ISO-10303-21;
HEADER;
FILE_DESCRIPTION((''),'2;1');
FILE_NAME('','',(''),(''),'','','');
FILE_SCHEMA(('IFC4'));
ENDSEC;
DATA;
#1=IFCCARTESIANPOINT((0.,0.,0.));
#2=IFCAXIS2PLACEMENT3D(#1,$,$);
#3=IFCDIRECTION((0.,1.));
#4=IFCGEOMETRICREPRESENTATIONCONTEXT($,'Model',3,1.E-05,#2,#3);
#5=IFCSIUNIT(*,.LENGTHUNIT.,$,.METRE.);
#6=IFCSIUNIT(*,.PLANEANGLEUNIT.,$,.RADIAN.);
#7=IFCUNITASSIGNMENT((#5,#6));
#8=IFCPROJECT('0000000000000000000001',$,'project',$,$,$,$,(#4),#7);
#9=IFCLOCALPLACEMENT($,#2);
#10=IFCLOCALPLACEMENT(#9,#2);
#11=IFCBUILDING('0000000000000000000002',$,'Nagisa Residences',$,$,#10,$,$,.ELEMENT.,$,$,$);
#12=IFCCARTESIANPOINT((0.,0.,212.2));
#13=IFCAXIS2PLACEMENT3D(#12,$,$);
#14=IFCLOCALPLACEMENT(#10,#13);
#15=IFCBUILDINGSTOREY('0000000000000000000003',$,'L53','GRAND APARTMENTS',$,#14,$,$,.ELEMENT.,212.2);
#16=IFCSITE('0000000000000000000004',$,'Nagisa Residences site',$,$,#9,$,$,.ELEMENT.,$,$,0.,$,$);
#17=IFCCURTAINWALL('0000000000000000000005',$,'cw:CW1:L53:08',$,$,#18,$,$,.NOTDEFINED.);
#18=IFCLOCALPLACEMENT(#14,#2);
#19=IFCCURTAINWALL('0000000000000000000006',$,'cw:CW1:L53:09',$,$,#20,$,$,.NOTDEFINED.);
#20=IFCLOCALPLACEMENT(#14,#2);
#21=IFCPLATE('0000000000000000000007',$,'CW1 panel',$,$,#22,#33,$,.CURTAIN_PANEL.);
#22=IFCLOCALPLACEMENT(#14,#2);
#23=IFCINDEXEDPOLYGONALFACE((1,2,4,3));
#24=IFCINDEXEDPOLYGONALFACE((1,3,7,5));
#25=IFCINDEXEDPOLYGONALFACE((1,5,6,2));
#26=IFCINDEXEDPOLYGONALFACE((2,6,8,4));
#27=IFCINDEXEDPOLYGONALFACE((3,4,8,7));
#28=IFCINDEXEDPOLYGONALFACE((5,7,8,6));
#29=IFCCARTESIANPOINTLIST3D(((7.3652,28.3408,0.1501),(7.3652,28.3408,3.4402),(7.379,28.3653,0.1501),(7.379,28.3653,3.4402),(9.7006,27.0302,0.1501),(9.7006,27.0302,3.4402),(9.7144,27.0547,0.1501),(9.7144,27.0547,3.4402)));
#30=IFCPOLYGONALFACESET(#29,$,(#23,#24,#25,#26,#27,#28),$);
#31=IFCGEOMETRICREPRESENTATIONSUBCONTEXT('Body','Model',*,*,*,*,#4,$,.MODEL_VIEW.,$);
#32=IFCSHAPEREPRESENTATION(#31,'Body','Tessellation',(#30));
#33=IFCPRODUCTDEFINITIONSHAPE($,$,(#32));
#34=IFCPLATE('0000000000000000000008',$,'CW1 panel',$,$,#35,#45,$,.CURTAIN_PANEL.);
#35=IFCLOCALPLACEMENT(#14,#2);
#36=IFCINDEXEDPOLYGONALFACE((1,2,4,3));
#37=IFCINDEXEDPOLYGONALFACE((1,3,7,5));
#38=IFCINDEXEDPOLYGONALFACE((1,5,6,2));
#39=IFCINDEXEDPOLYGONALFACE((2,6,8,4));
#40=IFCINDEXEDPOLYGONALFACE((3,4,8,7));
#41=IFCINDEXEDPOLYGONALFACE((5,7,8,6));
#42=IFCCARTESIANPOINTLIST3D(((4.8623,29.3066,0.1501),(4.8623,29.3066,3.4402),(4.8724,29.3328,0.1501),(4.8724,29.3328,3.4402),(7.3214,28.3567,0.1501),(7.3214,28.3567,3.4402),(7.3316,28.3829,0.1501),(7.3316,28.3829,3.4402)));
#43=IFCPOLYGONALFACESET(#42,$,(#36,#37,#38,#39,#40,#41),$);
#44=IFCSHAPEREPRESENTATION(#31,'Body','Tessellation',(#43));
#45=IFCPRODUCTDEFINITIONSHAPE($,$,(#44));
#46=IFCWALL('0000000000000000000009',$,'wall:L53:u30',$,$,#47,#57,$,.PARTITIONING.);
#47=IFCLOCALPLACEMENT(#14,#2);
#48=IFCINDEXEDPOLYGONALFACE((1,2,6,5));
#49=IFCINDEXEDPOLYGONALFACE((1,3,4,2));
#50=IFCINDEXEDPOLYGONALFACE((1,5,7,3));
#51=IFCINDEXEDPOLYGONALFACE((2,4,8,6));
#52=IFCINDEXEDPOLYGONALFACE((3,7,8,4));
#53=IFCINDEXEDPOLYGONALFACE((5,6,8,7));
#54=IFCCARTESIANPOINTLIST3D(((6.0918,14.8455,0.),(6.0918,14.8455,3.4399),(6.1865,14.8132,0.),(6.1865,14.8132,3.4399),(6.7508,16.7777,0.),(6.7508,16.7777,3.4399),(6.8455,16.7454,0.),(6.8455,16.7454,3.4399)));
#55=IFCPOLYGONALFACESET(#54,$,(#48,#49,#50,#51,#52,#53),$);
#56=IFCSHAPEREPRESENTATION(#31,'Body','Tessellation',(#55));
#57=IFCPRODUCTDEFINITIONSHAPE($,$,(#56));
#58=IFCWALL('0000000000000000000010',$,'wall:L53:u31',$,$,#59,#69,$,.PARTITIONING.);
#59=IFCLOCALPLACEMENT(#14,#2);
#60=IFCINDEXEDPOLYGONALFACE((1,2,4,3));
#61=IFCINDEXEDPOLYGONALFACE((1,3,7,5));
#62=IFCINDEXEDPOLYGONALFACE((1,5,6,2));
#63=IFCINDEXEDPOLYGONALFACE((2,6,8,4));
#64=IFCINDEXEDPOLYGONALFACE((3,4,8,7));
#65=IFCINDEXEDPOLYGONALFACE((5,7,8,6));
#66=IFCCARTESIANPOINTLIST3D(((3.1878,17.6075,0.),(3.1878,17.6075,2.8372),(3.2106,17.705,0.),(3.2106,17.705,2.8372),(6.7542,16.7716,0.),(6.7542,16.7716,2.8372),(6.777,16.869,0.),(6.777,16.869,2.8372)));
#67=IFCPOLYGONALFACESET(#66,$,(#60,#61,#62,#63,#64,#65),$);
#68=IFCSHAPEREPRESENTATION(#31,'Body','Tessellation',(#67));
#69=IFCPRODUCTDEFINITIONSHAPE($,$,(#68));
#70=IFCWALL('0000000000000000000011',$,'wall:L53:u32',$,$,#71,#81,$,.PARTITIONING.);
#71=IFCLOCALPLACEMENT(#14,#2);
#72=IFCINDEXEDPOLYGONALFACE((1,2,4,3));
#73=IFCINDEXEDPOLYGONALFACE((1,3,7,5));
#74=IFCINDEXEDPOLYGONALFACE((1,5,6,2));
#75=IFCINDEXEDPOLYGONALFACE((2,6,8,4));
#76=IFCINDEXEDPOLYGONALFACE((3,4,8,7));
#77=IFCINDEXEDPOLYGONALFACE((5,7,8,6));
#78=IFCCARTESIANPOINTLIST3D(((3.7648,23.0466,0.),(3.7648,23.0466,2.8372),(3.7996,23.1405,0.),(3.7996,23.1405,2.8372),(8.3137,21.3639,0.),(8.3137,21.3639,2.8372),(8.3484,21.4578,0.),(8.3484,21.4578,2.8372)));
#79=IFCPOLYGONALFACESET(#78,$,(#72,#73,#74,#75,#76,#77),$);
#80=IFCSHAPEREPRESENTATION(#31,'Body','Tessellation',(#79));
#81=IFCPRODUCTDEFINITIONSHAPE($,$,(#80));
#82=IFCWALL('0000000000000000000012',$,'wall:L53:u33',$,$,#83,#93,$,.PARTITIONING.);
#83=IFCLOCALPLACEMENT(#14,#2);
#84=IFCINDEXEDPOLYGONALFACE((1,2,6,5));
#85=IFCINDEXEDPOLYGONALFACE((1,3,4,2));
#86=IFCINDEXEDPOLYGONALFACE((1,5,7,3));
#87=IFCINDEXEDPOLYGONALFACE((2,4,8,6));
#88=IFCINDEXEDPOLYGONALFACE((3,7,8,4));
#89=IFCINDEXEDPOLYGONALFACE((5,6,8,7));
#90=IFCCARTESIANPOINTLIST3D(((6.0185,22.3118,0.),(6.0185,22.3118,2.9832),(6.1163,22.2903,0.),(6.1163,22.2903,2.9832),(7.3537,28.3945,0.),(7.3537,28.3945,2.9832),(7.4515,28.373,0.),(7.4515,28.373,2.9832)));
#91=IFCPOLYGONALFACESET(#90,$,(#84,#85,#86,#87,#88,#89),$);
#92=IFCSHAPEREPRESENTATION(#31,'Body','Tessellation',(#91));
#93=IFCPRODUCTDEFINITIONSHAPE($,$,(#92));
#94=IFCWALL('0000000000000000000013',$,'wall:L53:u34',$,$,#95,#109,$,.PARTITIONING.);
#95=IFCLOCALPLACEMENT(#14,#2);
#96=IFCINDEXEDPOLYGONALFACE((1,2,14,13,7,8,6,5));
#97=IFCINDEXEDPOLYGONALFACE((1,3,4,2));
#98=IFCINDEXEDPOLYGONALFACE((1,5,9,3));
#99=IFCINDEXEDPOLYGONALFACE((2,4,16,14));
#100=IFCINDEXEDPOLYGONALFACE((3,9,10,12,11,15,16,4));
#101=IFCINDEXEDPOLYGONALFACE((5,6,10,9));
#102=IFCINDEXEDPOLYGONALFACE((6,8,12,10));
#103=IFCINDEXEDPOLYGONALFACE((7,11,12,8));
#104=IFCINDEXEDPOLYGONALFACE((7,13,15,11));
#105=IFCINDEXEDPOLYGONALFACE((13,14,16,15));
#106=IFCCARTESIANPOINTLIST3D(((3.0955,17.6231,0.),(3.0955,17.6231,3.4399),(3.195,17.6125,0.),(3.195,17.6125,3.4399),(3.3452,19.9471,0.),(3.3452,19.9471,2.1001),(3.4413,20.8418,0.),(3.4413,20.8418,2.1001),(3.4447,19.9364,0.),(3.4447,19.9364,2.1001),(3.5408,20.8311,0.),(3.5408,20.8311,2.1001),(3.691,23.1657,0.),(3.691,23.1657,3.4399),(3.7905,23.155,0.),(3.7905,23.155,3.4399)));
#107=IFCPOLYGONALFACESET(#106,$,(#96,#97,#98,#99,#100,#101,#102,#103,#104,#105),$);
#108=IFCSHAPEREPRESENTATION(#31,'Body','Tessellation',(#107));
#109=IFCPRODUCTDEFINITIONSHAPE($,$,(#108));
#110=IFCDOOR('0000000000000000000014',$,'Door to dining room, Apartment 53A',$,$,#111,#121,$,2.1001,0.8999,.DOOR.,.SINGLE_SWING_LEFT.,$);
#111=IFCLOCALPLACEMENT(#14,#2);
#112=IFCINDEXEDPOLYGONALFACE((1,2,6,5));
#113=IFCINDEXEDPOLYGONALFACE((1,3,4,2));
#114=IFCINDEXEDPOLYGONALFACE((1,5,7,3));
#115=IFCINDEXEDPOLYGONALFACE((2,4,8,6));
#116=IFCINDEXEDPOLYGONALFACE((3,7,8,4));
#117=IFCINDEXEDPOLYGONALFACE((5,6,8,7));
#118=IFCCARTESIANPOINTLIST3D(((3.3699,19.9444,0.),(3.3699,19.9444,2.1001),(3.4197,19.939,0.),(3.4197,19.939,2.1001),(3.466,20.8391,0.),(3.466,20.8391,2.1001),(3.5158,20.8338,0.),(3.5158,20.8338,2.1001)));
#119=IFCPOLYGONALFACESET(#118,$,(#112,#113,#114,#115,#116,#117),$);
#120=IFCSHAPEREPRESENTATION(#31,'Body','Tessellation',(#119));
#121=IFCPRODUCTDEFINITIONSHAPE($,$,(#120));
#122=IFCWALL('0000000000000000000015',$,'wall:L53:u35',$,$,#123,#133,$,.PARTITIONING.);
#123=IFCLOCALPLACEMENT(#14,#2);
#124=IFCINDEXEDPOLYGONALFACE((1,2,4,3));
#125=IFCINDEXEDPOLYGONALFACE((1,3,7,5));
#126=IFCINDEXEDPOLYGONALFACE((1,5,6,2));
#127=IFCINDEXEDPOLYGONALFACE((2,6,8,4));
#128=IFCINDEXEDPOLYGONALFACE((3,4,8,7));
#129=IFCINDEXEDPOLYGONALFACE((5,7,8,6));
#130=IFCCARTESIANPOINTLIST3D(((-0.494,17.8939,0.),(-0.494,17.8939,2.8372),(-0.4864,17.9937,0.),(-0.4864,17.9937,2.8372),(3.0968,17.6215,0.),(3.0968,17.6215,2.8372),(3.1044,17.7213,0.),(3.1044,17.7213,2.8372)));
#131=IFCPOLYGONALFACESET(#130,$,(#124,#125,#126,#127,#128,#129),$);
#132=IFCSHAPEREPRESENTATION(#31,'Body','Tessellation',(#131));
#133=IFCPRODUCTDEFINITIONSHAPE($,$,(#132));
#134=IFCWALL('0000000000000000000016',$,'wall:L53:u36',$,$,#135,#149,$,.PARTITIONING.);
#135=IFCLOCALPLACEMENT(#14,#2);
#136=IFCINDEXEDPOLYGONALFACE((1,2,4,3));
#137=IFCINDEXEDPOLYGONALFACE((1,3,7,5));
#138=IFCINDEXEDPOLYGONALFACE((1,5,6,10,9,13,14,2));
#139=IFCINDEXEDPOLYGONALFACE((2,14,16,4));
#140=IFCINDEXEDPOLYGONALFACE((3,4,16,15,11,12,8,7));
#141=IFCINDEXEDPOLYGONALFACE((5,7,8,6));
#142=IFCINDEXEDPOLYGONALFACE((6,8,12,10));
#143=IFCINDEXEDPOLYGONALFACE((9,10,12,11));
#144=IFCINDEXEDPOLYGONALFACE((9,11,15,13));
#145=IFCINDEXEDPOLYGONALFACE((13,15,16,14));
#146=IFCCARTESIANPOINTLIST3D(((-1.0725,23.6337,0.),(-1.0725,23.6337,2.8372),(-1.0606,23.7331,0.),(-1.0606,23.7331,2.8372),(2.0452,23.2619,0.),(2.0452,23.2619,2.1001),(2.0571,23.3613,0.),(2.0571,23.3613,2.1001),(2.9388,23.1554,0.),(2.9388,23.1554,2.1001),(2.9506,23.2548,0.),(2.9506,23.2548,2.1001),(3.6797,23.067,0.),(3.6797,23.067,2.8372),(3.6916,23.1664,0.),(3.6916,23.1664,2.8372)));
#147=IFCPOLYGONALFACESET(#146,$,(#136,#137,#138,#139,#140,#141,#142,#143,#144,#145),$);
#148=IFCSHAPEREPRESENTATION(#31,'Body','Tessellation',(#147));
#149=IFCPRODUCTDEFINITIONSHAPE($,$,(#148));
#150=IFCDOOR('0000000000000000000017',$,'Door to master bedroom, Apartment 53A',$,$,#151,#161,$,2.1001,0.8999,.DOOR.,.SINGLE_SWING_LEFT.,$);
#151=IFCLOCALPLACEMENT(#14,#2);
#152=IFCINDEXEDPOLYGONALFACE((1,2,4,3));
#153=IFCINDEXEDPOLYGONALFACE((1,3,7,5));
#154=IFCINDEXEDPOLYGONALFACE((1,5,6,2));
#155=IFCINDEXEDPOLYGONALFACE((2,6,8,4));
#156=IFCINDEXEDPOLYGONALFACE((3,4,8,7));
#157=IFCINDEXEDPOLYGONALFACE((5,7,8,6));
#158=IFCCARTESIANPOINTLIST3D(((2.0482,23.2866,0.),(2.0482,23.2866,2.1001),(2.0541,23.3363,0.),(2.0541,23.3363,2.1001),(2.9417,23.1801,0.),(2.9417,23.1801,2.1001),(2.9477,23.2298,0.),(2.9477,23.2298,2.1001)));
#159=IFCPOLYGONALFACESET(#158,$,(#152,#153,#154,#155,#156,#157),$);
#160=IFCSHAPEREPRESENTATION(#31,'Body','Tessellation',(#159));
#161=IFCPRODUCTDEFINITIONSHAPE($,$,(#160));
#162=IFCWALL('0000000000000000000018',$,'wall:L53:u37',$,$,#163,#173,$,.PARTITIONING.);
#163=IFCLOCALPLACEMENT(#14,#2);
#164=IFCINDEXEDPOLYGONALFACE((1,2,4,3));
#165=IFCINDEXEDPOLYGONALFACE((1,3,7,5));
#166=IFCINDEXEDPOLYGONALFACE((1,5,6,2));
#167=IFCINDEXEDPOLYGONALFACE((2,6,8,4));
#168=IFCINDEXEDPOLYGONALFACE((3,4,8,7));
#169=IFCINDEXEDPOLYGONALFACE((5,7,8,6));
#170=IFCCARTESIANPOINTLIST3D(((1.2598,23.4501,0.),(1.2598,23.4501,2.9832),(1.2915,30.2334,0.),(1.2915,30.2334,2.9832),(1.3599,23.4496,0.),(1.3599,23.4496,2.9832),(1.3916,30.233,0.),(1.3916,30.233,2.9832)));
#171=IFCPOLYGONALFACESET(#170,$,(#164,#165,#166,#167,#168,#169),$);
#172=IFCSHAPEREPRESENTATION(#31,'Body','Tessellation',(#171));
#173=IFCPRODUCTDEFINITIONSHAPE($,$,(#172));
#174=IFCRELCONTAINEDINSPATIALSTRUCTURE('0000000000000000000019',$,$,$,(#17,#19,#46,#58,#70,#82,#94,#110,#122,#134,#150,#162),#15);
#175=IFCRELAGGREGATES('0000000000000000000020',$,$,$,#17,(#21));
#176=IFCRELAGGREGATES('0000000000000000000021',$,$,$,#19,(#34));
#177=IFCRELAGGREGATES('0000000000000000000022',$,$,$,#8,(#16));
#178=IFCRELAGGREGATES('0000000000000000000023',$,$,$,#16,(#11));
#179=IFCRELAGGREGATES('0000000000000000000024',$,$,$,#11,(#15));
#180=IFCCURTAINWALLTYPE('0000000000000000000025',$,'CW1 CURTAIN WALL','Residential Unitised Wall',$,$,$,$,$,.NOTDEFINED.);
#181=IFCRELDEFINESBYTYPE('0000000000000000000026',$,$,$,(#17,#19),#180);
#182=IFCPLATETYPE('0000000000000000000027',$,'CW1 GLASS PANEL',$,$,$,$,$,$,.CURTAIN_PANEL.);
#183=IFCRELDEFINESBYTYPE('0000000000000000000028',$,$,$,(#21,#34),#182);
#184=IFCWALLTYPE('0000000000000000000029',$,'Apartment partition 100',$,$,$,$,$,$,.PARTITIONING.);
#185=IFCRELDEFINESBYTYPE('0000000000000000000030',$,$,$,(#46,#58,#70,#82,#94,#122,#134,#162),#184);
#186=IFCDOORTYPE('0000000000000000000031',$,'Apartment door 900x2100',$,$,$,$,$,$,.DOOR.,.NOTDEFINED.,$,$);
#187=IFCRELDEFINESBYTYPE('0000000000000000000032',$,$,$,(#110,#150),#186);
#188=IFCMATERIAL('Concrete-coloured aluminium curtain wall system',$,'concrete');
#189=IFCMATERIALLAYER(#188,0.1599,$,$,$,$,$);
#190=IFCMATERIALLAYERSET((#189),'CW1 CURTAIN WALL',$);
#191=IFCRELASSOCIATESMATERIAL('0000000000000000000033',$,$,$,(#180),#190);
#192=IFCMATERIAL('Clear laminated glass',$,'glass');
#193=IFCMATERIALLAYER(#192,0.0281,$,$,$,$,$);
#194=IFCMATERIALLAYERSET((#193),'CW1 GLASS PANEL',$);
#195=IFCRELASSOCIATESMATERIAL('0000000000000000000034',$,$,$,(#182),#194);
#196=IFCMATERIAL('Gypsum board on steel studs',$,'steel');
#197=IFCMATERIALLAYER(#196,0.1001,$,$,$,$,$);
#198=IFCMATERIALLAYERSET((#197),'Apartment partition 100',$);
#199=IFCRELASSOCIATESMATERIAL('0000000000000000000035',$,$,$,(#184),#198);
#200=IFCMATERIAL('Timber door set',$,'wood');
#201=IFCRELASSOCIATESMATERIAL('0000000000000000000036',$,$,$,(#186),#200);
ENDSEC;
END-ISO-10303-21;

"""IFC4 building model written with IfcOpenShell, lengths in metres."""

from ifc_helpers import new_model, si_unit, direction, frame, frame_2d, origin, origin_2d, place, context, subcontext, project, spatial, rectangle, extrude, material, layer, layer_set, type_object, element, fill, aggregate, save


model = new_model("IFC4")

# Units and contexts
model_context = context("Model", 3, precision=1e-05, world=origin(), true_north=direction((0.0, 1.0)))
body_context = subcontext(model_context, "Body", "Model", "MODEL_VIEW")
ifc_project = project(units=[si_unit("LENGTHUNIT", "METRE"), si_unit("PLANEANGLEUNIT", "RADIAN")], contexts=[model_context])

# Site, building, storey
site_placement = place(None, origin())
site = spatial("IfcSite", under=ifc_project, at=site_placement, Name="Nagisa Residences site", CompositionType="ELEMENT", RefElevation=0.0)
building_placement = place(site_placement, origin())
building = spatial("IfcBuilding", under=site, at=building_placement, Name="Nagisa Residences", CompositionType="ELEMENT")
storey_placement = place(building_placement, frame((0.0, 0.0, 212.2)))
storey = spatial("IfcBuildingStorey", under=building, at=storey_placement, Name="L53", Description="GRAND APARTMENTS", CompositionType="ELEMENT", Elevation=212.2)

# Curtain walls
ifc_material_1 = material(Name="Concrete-coloured aluminium curtain wall system", Category="concrete")
ifc_layer_1 = layer(ifc_material_1, 0.1599)
ifc_layer_set_1 = layer_set([ifc_layer_1], Name="CW1 CURTAIN WALL")
curtain_wall_type = type_object("IfcCurtainWallType", Name="CW1 CURTAIN WALL", Description="Residential Unitised Wall", PredefinedType="NOTDEFINED", material=ifc_layer_set_1)
curtain_wall_1_placement = place(storey_placement, origin())
curtain_wall_1 = element("IfcCurtainWall", 1, at=curtain_wall_1_placement, inside=storey, type_object=curtain_wall_type, Name="cw:CW1:L53:08", PredefinedType="NOTDEFINED")
curtain_wall_2_placement = place(storey_placement, origin())
curtain_wall_2 = element("IfcCurtainWall", 2, at=curtain_wall_2_placement, inside=storey, type_object=curtain_wall_type, Name="cw:CW1:L53:09", PredefinedType="NOTDEFINED")

# Plates
ifc_material_2 = material(Name="Clear laminated glass", Category="glass")
ifc_layer_2 = layer(ifc_material_2, 0.0281)
ifc_layer_set_2 = layer_set([ifc_layer_2], Name="CW1 GLASS PANEL")
plate_type = type_object("IfcPlateType", Name="CW1 GLASS PANEL", PredefinedType="CURTAIN_PANEL", material=ifc_layer_set_2)
plate_1_placement = place(storey_placement, frame((8.5398, 27.6978, 0.1501), z_axis=(0.0, 0.0, 1.0), x_axis=(-0.872072, 0.489377, 0.0)))
plate_1 = element("IfcPlate", 3, at=plate_1_placement, type_object=plate_type, Name="CW1 panel", PredefinedType="CURTAIN_PANEL", context=body_context, shape_type="SweptSolid", body=[
    extrude(rectangle(XDim=2.678, YDim=0.0281, at=origin_2d()), origin(), (0.0, 0.0, 1.0), 3.29),
])
aggregate(curtain_wall_1, [plate_1])
plate_2_placement = place(storey_placement, frame((6.0969, 28.8447, 0.1501), z_axis=(0.0, 0.0, 1.0), x_axis=(-0.932826, 0.360328, 0.0)))
plate_2 = element("IfcPlate", 4, at=plate_2_placement, type_object=plate_type, Name="CW1 panel", PredefinedType="CURTAIN_PANEL", context=body_context, shape_type="SweptSolid", body=[
    extrude(rectangle(XDim=2.6362, YDim=0.0281, at=origin_2d()), origin(), (0.0, 0.0, 1.0), 3.29),
])
aggregate(curtain_wall_2, [plate_2])

# Walls
ifc_material_3 = material(Name="Gypsum board on steel studs", Category="steel")
ifc_layer_3 = layer(ifc_material_3, 0.1001)
ifc_layer_set_3 = layer_set([ifc_layer_3], Name="Apartment partition 100")
wall_type_1 = type_object("IfcWallType", Name="Apartment partition 100", PredefinedType="PARTITIONING", material=ifc_layer_set_3)
wall_1_placement = place(storey_placement, frame((6.1392, 14.8293, 0.0), z_axis=(0.0, 0.0, 1.0), x_axis=(0.322786, 0.946472, 0.0)))
element("IfcWall", 5, at=wall_1_placement, inside=storey, type_object=wall_type_1, Name="wall:L53:u30", PredefinedType="PARTITIONING", context=body_context, shape_type="SweptSolid", body=[
    extrude(rectangle(XDim=2.0415, YDim=0.1001, at=frame_2d((1.0208, 0.0))), origin(), (0.0, 0.0, 1.0), 3.4399),
])
wall_2_placement = place(storey_placement, frame((6.7656, 16.8203, 0.0), z_axis=(0.0, 0.0, 1.0), x_axis=(-0.973613, 0.228207, 0.0)))
element("IfcWall", 6, at=wall_2_placement, inside=storey, type_object=wall_type_1, Name="wall:L53:u31", PredefinedType="PARTITIONING", context=body_context, shape_type="SweptSolid", body=[
    extrude(rectangle(XDim=3.6631, YDim=0.1001, at=frame_2d((1.8315, 0.0))), origin(), (0.0, 0.0, 1.0), 2.8372),
])
wall_3_placement = place(storey_placement, frame((8.3311, 21.4109, 0.0), z_axis=(0.0, 0.0, 1.0), x_axis=(-0.937892, 0.346927, 0.0)))
element("IfcWall", 7, at=wall_3_placement, inside=storey, type_object=wall_type_1, Name="wall:L53:u32", PredefinedType="PARTITIONING", context=body_context, shape_type="SweptSolid", body=[
    extrude(rectangle(XDim=4.8501, YDim=0.1001, at=frame_2d((2.425, 0.0))), origin(), (0.0, 0.0, 1.0), 2.8372),
])
wall_4_placement = place(storey_placement, frame((6.0674, 22.301, 0.0), z_axis=(0.0, 0.0, 1.0), x_axis=(0.214402, 0.976746, 0.0)))
element("IfcWall", 8, at=wall_4_placement, inside=storey, type_object=wall_type_1, Name="wall:L53:u33", PredefinedType="PARTITIONING", context=body_context, shape_type="SweptSolid", body=[
    extrude(rectangle(XDim=6.2275, YDim=0.1001, at=frame_2d((3.1138, 0.0))), origin(), (0.0, 0.0, 1.0), 2.9832),
])

# Wall, opening, door
wall_5_placement = place(storey_placement, frame((3.1453, 17.6179, 0.0), z_axis=(0.0, 0.0, 1.0), x_axis=(0.106821, 0.994278, 0.0)))
wall_5 = element("IfcWall", 9, at=wall_5_placement, inside=storey, type_object=wall_type_1, Name="wall:L53:u34", PredefinedType="PARTITIONING", context=body_context, shape_type="SweptSolid", body=[
    extrude(rectangle(XDim=5.5745, YDim=0.1001, at=frame_2d((2.7871, 0.0))), origin(), (0.0, 0.0, 1.0), 3.4399),
])
opening_1_placement = place(wall_5_placement, frame((2.3372, 0.0, 0.0)))
opening_1 = element("IfcOpeningElement", 10, at=opening_1_placement, cuts=wall_5, PredefinedType="OPENING", context=body_context, shape_type="SweptSolid", body=[
    extrude(rectangle(XDim=0.8999, YDim=2.1001, at=frame_2d((0.45, 1.05))), frame((0.0, 0.0601, 0.0), z_axis=(0.0, -1.0, 0.0), x_axis=(1.0, 0.0, 0.0)), (0.0, 0.0, 1.0), 0.1201),
])
ifc_material_4 = material(Name="Timber door set", Category="wood")
door_type_1 = type_object("IfcDoorType", Name="Apartment door 900x2100", OperationType="NOTDEFINED", PredefinedType="DOOR", material=ifc_material_4)
door_1_placement = place(opening_1_placement, frame((0.8999, 0.0, 0.0), x_axis=(-1.0, 0.0, 0.0)))
door_1 = element("IfcDoor", 11, at=door_1_placement, inside=storey, type_object=door_type_1, Name="Door to dining room, Apartment 53A", OperationType="SINGLE_SWING_LEFT", OverallHeight=2.1001, OverallWidth=0.8999, PredefinedType="DOOR", context=body_context, shape_type="SweptSolid", body=[
    extrude(rectangle(XDim=0.8999, YDim=2.1001, at=frame_2d((0.45, 1.05))), frame((0.0, 0.0249, 0.0), z_axis=(0.0, -1.0, 0.0), x_axis=(1.0, 0.0, 0.0)), (0.0, 0.0, 1.0), 0.05),
])
fill(opening_1, door_1)

# Wall
wall_6_placement = place(storey_placement, frame((3.1006, 17.6714, 0.0), z_axis=(0.0, 0.0, 1.0), x_axis=(-0.997134, 0.07566, 0.0)))
element("IfcWall", 12, at=wall_6_placement, inside=storey, type_object=wall_type_1, Name="wall:L53:u35", PredefinedType="PARTITIONING", context=body_context, shape_type="SweptSolid", body=[
    extrude(rectangle(XDim=3.6011, YDim=0.1001, at=frame_2d((1.8005, 0.0))), origin(), (0.0, 0.0, 1.0), 2.8372),
])

# Wall, opening, door
wall_7_placement = place(storey_placement, frame((3.6858, 23.1167, 0.0), z_axis=(0.0, 0.0, 1.0), x_axis=(-0.992966, 0.118401, 0.0)))
wall_7 = element("IfcWall", 13, at=wall_7_placement, inside=storey, type_object=wall_type_1, Name="wall:L53:u36", PredefinedType="PARTITIONING", context=body_context, shape_type="SweptSolid", body=[
    extrude(rectangle(XDim=4.7859, YDim=0.1001, at=frame_2d((2.3931, 0.0))), origin(), (0.0, 0.0, 1.0), 2.8372),
])
opening_2_placement = place(wall_7_placement, frame((0.7463, 0.0, 0.0)))
opening_2 = element("IfcOpeningElement", 14, at=opening_2_placement, cuts=wall_7, PredefinedType="OPENING", context=body_context, shape_type="SweptSolid", body=[
    extrude(rectangle(XDim=0.8999, YDim=2.1001, at=frame_2d((0.45, 1.05))), frame((0.0, 0.0601, 0.0), z_axis=(0.0, -1.0, 0.0), x_axis=(1.0, 0.0, 0.0)), (0.0, 0.0, 1.0), 0.1201),
])
door_2_placement = place(opening_2_placement, frame((0.8999, 0.0, 0.0), x_axis=(-1.0, 0.0, 0.0)))
door_2 = element("IfcDoor", 15, at=door_2_placement, inside=storey, type_object=door_type_1, Name="Door to master bedroom, Apartment 53A", OperationType="SINGLE_SWING_LEFT", OverallHeight=2.1001, OverallWidth=0.8999, PredefinedType="DOOR", context=body_context, shape_type="SweptSolid", body=[
    extrude(rectangle(XDim=0.8999, YDim=2.1001, at=frame_2d((0.45, 1.05))), frame((0.0, 0.0249, 0.0), z_axis=(0.0, -1.0, 0.0), x_axis=(1.0, 0.0, 0.0)), (0.0, 0.0, 1.0), 0.05),
])
fill(opening_2, door_2)

# Wall
wall_8_placement = place(storey_placement, frame((1.3098, 23.45, 0.0), z_axis=(0.0, 0.0, 1.0), x_axis=(0.004679, 0.999989, 0.0)))
element("IfcWall", 16, at=wall_8_placement, inside=storey, type_object=wall_type_1, Name="wall:L53:u37", PredefinedType="PARTITIONING", context=body_context, shape_type="SweptSolid", body=[
    extrude(rectangle(XDim=6.7834, YDim=0.1001, at=frame_2d((3.3916, 0.0))), origin(), (0.0, 0.0, 1.0), 2.9832),
])

save(model, "model.ifc")
